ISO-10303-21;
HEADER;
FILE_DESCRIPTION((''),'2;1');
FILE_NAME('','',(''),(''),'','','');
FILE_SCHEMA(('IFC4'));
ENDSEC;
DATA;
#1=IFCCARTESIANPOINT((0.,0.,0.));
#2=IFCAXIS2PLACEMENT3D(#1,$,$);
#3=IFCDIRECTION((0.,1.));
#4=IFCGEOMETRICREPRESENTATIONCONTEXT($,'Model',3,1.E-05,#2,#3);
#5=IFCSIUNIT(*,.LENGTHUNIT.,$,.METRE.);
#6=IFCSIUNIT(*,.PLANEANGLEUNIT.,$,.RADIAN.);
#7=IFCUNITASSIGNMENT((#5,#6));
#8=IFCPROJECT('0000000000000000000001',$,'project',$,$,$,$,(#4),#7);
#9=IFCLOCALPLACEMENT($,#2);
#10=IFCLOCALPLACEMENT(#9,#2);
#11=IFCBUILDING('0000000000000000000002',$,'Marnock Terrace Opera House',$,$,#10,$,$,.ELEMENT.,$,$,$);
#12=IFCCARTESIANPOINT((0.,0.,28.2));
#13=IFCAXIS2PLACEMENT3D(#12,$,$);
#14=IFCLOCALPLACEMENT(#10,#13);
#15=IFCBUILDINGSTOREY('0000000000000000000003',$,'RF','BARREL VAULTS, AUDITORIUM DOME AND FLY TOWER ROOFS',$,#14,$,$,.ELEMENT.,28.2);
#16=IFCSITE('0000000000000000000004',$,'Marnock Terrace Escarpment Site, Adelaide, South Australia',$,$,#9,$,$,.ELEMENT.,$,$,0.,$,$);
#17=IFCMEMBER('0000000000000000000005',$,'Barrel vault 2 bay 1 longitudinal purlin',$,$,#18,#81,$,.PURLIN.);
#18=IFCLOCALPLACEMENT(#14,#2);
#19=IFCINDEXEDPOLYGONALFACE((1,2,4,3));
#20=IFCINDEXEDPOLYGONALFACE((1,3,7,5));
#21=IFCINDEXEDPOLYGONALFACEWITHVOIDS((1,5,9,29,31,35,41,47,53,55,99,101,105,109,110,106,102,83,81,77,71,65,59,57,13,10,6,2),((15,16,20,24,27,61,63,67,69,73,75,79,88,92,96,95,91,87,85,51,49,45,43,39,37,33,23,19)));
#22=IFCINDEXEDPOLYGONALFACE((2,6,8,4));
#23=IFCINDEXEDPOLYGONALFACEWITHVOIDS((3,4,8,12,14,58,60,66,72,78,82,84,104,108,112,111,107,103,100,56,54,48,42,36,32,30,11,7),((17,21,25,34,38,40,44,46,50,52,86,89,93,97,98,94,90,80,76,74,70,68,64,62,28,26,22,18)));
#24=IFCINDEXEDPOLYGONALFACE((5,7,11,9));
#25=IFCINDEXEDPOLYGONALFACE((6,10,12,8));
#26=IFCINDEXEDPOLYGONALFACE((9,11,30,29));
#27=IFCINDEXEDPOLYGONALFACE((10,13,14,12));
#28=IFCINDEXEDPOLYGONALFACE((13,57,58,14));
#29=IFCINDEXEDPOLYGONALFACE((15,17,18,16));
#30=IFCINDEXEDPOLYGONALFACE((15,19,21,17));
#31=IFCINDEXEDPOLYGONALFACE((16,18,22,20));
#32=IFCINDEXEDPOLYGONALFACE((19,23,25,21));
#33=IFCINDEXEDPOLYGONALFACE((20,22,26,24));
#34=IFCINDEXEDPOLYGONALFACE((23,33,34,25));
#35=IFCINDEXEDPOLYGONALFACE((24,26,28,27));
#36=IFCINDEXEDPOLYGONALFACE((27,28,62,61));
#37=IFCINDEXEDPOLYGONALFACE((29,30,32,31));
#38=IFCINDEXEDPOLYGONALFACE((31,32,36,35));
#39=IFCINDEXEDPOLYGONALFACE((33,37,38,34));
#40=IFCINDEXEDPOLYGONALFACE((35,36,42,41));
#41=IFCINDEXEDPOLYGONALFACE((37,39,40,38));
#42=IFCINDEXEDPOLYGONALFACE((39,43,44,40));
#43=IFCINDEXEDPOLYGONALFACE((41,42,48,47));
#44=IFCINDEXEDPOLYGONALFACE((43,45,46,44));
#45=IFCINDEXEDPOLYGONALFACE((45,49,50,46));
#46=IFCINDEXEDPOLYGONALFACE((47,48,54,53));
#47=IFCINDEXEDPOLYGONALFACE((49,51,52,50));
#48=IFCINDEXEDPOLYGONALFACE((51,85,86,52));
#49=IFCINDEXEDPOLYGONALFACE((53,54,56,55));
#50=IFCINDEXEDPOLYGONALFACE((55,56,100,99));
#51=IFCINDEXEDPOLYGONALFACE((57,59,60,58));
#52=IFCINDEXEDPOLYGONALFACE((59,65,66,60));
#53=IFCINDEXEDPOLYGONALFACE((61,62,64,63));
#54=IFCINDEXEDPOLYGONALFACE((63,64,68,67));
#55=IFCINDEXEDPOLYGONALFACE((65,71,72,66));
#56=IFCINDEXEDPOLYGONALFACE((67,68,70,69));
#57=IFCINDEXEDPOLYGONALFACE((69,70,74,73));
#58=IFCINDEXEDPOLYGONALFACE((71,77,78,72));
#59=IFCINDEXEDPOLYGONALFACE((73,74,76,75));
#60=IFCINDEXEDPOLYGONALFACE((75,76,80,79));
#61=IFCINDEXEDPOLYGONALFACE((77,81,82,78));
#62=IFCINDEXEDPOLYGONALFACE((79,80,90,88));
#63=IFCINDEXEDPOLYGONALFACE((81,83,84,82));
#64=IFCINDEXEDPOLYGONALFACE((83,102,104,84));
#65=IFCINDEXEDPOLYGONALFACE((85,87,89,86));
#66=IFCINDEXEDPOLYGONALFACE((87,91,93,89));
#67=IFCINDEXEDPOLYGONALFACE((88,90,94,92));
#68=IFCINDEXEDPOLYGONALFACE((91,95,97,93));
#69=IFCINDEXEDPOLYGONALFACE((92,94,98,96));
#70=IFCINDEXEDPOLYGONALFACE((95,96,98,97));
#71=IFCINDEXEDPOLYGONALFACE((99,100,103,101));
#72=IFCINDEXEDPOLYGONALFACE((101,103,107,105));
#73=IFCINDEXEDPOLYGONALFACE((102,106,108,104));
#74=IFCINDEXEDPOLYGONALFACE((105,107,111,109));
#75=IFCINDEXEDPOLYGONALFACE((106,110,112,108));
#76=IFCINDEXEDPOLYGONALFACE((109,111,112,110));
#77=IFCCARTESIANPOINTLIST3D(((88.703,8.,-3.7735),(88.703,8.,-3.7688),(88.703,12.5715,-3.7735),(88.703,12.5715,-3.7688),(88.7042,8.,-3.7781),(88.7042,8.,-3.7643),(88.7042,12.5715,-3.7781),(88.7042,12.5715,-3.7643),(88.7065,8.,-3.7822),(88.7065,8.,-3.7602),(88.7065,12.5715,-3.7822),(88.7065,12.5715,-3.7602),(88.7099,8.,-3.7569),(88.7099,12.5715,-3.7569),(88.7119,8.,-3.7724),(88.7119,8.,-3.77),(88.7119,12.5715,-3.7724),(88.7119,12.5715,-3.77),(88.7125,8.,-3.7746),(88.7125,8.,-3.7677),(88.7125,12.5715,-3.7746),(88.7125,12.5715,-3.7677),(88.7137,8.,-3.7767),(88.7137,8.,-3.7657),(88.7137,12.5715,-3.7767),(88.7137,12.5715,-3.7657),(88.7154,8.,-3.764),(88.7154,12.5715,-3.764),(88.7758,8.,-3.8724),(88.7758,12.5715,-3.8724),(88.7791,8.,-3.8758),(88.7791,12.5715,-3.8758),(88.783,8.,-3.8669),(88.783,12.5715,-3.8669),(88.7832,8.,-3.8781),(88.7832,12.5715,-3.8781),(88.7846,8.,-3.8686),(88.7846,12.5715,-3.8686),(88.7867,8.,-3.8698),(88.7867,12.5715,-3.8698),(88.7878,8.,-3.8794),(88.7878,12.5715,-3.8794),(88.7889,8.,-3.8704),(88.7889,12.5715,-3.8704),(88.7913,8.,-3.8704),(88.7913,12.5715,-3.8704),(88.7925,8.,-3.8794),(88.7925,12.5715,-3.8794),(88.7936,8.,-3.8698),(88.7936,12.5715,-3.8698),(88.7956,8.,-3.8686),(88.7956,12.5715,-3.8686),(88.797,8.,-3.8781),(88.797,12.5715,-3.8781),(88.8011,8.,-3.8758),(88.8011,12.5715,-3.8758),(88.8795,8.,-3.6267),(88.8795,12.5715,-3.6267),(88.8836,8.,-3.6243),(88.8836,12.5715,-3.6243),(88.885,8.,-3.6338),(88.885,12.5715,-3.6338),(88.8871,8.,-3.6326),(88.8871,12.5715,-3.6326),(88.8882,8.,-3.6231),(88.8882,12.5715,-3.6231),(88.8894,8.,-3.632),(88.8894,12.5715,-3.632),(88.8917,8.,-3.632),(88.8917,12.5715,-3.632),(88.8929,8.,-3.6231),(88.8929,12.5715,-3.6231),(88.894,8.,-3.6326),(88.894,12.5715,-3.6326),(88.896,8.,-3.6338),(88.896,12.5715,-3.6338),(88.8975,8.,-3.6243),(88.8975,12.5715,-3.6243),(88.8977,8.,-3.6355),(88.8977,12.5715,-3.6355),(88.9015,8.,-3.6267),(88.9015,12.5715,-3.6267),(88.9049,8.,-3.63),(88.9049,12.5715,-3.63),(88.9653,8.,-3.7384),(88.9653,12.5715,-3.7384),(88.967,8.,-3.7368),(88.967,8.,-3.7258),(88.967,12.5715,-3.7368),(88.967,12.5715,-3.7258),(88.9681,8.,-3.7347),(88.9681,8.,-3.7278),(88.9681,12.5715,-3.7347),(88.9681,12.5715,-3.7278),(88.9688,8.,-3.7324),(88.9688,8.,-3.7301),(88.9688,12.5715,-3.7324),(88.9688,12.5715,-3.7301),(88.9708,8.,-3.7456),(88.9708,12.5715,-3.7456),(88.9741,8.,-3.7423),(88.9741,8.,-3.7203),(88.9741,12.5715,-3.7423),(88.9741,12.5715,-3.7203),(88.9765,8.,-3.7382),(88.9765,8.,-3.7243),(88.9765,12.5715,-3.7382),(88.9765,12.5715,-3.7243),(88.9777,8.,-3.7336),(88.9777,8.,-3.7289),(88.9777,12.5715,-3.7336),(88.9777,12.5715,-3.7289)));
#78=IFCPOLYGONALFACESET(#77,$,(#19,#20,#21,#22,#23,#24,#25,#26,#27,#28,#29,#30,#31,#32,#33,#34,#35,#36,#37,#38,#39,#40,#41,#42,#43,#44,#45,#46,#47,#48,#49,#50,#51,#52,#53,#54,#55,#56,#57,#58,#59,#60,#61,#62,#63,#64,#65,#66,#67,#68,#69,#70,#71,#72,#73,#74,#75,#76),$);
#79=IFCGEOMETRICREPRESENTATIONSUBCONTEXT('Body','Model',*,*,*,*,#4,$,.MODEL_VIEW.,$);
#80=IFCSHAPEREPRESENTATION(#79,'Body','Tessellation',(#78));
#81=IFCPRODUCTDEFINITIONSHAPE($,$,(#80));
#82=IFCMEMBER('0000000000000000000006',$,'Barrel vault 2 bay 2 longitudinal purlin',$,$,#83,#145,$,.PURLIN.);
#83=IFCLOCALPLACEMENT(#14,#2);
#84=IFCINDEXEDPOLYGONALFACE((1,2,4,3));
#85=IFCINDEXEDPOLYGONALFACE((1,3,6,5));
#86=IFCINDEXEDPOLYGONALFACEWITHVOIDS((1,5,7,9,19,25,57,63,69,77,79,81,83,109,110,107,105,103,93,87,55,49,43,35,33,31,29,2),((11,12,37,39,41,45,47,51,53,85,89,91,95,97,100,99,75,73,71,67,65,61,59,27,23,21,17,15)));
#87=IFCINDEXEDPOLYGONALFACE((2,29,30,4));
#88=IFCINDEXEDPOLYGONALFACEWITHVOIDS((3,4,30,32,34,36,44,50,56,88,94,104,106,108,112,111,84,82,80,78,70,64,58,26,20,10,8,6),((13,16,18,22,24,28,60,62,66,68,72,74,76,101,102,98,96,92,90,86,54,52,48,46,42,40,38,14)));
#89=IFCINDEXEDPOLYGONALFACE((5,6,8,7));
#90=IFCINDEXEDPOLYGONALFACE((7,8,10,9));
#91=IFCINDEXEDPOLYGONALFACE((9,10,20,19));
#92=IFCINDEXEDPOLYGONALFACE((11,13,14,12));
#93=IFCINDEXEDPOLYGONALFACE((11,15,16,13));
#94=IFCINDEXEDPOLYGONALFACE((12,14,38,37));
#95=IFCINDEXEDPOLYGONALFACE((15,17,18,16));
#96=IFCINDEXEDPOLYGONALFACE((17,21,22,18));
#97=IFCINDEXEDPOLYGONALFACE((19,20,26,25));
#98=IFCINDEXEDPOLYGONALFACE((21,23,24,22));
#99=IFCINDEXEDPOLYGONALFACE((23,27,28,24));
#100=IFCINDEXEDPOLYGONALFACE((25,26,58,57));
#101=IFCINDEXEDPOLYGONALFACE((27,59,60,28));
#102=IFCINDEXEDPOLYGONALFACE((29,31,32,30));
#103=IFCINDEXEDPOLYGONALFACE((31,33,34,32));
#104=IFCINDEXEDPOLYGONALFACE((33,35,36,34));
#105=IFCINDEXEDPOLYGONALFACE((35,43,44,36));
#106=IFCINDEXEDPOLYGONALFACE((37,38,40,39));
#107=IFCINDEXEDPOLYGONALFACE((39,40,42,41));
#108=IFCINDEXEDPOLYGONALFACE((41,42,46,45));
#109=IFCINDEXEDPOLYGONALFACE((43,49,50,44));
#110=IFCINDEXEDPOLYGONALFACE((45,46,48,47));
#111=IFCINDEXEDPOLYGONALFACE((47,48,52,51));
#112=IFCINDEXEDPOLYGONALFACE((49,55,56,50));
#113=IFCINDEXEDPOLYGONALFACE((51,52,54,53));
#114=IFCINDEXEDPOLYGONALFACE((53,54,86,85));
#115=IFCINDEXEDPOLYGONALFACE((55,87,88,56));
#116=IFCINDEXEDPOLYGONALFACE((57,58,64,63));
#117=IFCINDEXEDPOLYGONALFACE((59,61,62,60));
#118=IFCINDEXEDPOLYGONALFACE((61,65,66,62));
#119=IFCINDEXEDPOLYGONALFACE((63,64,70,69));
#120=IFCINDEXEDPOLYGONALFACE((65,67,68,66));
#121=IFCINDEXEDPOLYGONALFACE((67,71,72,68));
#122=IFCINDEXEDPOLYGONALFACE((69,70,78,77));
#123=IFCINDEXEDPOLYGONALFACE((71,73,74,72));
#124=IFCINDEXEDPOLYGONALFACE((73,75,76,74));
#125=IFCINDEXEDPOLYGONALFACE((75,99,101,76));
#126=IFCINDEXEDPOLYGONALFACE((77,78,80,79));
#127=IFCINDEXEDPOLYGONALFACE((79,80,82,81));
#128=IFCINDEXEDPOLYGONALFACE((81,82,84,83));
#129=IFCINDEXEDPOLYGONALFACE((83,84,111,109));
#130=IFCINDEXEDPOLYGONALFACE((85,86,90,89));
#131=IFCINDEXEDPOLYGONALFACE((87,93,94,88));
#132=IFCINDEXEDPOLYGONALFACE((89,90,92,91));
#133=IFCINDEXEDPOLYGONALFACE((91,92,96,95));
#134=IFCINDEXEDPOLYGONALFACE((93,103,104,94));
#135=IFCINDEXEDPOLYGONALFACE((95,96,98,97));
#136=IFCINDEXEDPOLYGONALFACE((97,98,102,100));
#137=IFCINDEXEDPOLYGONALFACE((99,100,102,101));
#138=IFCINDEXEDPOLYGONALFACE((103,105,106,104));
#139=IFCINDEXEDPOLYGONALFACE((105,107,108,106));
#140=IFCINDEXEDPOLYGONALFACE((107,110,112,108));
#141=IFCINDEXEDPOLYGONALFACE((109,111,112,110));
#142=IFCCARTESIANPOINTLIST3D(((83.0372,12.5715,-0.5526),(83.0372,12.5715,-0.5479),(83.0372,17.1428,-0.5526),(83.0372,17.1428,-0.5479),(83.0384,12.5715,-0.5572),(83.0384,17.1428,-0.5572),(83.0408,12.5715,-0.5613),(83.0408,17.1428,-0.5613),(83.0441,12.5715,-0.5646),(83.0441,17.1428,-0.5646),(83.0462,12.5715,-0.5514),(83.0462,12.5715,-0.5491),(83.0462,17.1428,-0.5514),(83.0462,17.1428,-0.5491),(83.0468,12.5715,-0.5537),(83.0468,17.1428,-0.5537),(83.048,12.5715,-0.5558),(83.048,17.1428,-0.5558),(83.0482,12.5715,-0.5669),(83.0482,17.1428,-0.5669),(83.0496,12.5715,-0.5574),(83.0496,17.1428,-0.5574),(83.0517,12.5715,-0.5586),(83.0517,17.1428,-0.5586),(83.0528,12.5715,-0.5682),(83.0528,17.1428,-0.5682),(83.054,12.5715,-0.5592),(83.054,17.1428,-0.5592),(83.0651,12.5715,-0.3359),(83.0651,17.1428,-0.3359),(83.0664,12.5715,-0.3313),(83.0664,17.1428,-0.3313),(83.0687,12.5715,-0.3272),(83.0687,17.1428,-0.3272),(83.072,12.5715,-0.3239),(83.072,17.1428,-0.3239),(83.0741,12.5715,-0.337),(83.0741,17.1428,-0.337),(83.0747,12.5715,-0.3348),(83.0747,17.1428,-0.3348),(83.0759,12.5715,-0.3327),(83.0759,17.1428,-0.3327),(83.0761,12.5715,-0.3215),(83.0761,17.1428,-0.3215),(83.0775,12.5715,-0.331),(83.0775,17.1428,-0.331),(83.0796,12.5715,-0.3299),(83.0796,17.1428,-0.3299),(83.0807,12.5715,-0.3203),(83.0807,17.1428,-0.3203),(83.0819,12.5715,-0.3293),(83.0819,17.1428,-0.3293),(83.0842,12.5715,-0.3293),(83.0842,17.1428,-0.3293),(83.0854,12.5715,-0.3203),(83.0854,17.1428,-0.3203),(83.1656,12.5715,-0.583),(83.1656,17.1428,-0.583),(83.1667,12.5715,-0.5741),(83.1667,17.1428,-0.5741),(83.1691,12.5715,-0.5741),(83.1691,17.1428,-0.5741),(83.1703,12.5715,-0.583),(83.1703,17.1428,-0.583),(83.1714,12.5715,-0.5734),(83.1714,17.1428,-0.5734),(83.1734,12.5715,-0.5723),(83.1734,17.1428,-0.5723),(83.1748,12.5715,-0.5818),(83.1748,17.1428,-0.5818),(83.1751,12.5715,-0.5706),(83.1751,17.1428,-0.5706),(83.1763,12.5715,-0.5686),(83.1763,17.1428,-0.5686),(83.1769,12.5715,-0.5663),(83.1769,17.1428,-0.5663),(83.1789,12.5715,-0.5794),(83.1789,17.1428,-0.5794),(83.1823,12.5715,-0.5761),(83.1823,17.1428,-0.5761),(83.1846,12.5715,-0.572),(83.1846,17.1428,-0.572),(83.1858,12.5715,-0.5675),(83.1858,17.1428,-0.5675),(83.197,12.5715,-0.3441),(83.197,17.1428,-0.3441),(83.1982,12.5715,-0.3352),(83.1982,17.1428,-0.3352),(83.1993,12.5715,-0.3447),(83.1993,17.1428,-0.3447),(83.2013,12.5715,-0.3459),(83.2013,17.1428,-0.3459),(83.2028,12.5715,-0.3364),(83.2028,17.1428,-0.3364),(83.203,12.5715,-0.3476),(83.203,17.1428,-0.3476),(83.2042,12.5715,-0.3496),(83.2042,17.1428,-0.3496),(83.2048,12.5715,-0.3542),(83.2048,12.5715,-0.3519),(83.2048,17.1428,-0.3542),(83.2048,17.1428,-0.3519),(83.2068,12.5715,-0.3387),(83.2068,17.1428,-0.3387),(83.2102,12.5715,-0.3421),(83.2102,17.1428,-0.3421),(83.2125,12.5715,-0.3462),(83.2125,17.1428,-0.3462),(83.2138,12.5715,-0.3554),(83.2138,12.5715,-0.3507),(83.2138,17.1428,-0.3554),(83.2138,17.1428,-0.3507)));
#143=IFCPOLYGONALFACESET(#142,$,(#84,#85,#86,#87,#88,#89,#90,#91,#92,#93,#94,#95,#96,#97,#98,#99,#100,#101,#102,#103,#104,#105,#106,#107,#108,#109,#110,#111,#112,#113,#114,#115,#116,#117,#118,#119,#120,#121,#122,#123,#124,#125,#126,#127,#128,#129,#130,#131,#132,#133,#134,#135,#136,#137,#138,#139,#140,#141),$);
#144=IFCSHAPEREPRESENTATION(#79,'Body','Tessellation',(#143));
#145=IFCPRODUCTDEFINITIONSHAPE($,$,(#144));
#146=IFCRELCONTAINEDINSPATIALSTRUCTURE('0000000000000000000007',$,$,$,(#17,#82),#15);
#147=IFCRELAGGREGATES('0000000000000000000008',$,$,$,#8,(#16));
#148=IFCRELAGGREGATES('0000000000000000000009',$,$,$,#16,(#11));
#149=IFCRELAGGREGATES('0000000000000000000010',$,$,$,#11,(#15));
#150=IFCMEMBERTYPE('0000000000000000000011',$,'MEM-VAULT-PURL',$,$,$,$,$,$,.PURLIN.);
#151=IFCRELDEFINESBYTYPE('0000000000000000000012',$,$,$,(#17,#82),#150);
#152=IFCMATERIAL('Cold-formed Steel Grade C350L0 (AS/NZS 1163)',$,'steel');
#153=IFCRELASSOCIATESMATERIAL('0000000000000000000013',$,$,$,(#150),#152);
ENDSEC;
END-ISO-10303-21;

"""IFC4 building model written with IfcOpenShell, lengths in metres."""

from ifc_helpers import new_model, si_unit, direction, frame, origin, origin_2d, place, context, subcontext, project, spatial, hollow_rectangle, extrude, material, material_profile, profile_set, type_object, element, save


model = new_model("IFC4")

# Units and contexts
model_context = context("Model", 3, precision=1e-05, world=origin(), true_north=direction((0.0, 1.0)))
body_context = subcontext(model_context, "Body", "Model", "MODEL_VIEW")
ifc_project = project(units=[si_unit("LENGTHUNIT", "METRE"), si_unit("PLANEANGLEUNIT", "RADIAN")], contexts=[model_context])

# Site, building, storey
site_placement = place(None, origin())
site = spatial("IfcSite", under=ifc_project, at=site_placement, Name="Marnock Terrace Escarpment Site, Adelaide, South Australia", CompositionType="ELEMENT", RefElevation=0.0)
building_placement = place(site_placement, origin())
building = spatial("IfcBuilding", under=site, at=building_placement, Name="Marnock Terrace Opera House", CompositionType="ELEMENT")
storey_placement = place(building_placement, frame((0.0, 0.0, 28.2)))
storey = spatial("IfcBuildingStorey", under=building, at=storey_placement, Name="RF", Description="BARREL VAULTS, AUDITORIUM DOME AND FLY TOWER ROOFS", CompositionType="ELEMENT", Elevation=28.2)

# Members
ifc_material_1 = material(Name="Cold-formed Steel Grade C350L0 (AS/NZS 1163)", Category="steel")
ifc_material_profile_1 = material_profile(ifc_material_1, hollow_rectangle(XDim=0.1499, YDim=0.25, WallThickness=0.009, InnerFilletRadius=0.009, OuterFilletRadius=0.0181, at=origin_2d()))
ifc_profile_set_1 = profile_set([ifc_material_profile_1], Name="Cold-formed Steel Grade C350L0 (AS/NZS 1163)")
member_type_1 = type_object("IfcMemberType", Name="MEM-VAULT-PURL", PredefinedType="PURLIN", material=ifc_profile_set_1)
for number, where, z_axis, x_axis, name in (
    (1, (88.8403, 8.0, -3.7512), (0.0, 1.0, 0.0), (-0.608761, 0.0, 0.793353), "Barrel vault 2 bay 1 longitudinal purlin"),
):
    element("IfcMember", number, at=place(storey_placement, frame(where, z_axis=z_axis, x_axis=x_axis)), inside=storey, type_object=member_type_1, Name=name, PredefinedType="PURLIN", context=body_context, shape_type="SweptSolid", body=[
        extrude(hollow_rectangle(XDim=0.1499, YDim=0.25, WallThickness=0.009, InnerFilletRadius=0.009, OuterFilletRadius=0.0181, at=origin_2d()), origin(), (0.0, 0.0, 1.0), 4.5715),
    ])
for number, where, z_axis, x_axis, name in (
    (2, (83.1255, 12.5715, -0.4517), (0.0, 1.0, 0.0), (-0.991445, 0.0, 0.130526), "Barrel vault 2 bay 2 longitudinal purlin"),
):
    element("IfcMember", number, at=place(storey_placement, frame(where, z_axis=z_axis, x_axis=x_axis)), inside=storey, type_object=member_type_1, Name=name, PredefinedType="PURLIN", context=body_context, shape_type="SweptSolid", body=[
        extrude(hollow_rectangle(XDim=0.1499, YDim=0.25, WallThickness=0.009, InnerFilletRadius=0.009, OuterFilletRadius=0.0181, at=origin_2d()), origin(), (0.0, 0.0, 1.0), 4.5713),
    ])

save(model, "model.ifc")
